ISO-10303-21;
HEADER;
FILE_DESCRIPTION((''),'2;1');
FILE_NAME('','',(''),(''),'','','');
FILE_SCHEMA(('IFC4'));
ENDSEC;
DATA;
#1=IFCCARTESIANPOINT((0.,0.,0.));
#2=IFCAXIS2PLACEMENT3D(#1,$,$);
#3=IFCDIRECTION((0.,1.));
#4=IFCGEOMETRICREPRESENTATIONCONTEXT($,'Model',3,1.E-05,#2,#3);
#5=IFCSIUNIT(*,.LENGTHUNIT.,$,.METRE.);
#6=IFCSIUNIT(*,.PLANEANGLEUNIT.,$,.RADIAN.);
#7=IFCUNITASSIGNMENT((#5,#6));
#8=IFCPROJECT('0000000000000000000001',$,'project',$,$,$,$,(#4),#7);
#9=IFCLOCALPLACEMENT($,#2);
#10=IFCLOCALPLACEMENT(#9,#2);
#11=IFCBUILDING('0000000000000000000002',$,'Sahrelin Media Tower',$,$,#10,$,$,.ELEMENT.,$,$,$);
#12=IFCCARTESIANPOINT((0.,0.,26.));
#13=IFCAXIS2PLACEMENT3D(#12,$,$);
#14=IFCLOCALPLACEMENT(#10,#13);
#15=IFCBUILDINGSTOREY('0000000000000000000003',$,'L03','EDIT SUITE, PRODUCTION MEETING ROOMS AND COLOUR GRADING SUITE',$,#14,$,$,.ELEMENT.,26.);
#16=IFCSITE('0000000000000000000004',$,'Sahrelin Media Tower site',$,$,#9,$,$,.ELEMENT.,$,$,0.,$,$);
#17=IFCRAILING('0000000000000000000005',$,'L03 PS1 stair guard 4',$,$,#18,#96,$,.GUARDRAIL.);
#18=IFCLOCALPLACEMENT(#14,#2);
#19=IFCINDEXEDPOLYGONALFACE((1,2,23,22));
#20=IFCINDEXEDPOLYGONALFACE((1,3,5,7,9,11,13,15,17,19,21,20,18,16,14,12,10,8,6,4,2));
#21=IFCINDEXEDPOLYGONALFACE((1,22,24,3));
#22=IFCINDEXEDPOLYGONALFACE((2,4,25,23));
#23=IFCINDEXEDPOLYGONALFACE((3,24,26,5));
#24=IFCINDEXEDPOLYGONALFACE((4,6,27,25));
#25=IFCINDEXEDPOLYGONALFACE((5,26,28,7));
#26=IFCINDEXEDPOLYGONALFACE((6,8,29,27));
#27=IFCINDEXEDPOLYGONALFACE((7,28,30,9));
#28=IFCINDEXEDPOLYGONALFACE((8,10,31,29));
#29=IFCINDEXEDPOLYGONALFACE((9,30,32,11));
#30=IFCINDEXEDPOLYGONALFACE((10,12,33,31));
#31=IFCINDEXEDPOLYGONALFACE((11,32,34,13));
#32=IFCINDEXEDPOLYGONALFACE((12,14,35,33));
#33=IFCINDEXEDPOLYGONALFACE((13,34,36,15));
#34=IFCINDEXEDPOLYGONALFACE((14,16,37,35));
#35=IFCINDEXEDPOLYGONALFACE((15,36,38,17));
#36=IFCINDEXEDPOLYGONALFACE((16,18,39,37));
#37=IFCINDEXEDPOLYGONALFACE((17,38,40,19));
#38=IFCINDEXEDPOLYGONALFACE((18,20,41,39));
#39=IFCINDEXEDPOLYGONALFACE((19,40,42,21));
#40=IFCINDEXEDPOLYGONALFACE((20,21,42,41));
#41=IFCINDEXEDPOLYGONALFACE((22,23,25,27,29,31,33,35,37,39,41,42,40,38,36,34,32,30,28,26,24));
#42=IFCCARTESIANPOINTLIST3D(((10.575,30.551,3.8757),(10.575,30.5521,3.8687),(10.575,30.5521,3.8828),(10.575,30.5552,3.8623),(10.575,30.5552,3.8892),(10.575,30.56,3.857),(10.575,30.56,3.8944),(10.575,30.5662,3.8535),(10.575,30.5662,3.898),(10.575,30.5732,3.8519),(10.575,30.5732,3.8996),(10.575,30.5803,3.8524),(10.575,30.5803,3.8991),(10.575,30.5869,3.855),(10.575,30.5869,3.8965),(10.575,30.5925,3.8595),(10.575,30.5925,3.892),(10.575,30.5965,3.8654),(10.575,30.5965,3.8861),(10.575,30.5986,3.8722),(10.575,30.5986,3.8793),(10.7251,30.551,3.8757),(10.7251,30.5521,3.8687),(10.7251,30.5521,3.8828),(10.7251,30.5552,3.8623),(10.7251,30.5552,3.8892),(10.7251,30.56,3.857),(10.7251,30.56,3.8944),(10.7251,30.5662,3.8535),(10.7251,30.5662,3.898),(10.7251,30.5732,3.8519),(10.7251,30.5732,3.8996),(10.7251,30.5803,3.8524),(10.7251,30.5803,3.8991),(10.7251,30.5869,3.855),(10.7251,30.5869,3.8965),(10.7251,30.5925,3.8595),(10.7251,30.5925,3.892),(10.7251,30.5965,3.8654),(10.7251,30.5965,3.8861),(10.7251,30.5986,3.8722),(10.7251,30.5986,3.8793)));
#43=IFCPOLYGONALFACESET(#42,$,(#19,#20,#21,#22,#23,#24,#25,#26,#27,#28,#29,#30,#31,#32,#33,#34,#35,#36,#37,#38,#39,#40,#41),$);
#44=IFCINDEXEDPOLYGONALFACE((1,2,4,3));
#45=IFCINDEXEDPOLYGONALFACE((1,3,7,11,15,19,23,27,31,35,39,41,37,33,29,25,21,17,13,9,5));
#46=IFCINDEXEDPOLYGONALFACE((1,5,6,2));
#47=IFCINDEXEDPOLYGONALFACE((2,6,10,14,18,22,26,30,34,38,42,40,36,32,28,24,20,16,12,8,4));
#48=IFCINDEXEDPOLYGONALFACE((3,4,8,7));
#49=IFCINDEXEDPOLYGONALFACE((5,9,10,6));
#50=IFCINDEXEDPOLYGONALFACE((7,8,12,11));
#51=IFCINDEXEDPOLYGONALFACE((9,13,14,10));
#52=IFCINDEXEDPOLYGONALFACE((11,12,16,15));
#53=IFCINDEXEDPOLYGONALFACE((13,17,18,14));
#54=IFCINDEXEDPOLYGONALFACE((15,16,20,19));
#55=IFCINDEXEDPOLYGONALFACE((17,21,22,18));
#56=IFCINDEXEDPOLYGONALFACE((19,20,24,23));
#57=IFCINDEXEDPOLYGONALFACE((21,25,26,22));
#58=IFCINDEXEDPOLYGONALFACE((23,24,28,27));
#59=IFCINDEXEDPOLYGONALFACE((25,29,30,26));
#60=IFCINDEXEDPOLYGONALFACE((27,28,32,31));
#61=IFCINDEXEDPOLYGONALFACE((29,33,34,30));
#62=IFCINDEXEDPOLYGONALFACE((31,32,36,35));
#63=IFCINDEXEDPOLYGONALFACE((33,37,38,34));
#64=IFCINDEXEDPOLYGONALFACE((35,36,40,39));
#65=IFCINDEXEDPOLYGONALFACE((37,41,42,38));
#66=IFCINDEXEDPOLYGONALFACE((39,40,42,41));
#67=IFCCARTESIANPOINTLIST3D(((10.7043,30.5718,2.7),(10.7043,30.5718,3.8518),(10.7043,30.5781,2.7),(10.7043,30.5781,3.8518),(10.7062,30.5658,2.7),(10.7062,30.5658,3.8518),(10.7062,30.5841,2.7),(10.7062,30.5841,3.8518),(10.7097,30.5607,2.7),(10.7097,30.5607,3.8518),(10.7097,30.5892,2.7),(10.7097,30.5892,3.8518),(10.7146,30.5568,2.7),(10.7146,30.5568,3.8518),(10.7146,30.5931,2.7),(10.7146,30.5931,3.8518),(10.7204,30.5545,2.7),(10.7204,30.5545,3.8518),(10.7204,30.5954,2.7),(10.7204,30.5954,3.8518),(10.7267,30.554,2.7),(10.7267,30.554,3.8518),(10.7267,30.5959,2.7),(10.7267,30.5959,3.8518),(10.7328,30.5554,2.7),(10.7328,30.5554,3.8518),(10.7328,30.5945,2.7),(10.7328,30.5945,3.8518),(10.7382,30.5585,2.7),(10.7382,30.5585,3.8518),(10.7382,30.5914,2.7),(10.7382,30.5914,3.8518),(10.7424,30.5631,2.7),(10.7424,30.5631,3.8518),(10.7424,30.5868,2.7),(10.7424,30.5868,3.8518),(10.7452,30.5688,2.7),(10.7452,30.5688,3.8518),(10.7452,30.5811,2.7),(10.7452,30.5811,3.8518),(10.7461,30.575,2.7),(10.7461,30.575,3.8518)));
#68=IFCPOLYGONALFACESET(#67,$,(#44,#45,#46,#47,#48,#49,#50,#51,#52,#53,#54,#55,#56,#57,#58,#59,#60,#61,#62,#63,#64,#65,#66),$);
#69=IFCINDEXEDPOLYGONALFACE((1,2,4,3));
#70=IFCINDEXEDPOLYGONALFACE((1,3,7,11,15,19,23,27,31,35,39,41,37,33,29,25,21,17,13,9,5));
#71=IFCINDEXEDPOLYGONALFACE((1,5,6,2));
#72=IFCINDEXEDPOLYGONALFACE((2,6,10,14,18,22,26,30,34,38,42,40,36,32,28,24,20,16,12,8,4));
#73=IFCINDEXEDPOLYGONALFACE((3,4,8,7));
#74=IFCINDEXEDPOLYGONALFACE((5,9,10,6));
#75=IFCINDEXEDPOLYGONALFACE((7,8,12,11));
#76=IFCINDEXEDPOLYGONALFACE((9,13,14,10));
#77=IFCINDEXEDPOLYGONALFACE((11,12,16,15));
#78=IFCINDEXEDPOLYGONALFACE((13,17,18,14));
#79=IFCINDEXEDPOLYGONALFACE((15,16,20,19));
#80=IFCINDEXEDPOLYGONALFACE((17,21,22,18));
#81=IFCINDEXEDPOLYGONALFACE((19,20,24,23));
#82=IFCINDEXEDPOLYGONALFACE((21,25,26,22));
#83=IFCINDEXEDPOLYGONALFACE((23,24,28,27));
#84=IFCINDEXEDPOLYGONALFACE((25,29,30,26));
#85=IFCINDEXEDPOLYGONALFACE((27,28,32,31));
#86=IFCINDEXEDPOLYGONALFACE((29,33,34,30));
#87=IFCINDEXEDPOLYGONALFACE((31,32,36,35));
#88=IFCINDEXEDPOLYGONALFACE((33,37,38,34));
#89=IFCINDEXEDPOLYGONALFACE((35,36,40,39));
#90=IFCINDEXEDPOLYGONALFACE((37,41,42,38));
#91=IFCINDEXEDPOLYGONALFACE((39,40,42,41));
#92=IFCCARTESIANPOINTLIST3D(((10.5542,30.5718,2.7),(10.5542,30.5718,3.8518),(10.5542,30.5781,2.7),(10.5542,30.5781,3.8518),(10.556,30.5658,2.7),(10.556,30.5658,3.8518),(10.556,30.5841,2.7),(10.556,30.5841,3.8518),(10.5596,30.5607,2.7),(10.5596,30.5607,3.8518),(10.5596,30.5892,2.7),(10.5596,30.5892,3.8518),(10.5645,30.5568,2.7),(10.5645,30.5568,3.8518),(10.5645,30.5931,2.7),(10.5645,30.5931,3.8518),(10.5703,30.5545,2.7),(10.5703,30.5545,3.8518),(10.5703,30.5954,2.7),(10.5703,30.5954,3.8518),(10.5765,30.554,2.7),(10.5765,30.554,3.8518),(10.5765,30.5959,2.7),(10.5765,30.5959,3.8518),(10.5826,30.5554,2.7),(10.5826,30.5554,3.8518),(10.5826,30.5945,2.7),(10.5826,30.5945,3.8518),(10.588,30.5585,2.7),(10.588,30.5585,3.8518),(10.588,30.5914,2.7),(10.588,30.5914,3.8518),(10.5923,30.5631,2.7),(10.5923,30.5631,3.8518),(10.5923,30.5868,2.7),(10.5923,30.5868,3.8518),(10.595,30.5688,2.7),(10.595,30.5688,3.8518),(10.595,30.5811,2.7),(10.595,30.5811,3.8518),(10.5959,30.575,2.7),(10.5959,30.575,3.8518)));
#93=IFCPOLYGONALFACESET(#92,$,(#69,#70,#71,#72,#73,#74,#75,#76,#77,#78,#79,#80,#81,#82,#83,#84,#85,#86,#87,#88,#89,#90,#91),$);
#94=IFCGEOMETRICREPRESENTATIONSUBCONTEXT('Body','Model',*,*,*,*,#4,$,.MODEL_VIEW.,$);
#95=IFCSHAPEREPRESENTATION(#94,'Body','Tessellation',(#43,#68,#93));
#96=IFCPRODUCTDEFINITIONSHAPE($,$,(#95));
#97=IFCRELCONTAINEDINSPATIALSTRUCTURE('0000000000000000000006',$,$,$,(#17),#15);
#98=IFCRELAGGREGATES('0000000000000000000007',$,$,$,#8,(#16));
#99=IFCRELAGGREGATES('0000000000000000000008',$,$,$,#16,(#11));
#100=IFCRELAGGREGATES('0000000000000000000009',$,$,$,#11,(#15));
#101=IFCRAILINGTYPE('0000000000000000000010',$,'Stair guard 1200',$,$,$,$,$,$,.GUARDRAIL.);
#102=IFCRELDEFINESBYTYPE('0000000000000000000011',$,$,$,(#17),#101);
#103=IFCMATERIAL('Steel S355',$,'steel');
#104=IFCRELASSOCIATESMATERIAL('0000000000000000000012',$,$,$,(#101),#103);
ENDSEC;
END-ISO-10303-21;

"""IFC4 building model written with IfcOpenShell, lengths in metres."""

from ifc_helpers import new_model, si_unit, direction, frame, origin, origin_2d, place, context, subcontext, project, spatial, circle, extrude, material, type_object, element, save


model = new_model("IFC4")

# Units and contexts
model_context = context("Model", 3, precision=1e-05, world=origin(), true_north=direction((0.0, 1.0)))
body_context = subcontext(model_context, "Body", "Model", "MODEL_VIEW")
ifc_project = project(units=[si_unit("LENGTHUNIT", "METRE"), si_unit("PLANEANGLEUNIT", "RADIAN")], contexts=[model_context])

# Site, building, storey
site_placement = place(None, origin())
site = spatial("IfcSite", under=ifc_project, at=site_placement, Name="Sahrelin Media Tower site", CompositionType="ELEMENT", RefElevation=0.0)
building_placement = place(site_placement, origin())
building = spatial("IfcBuilding", under=site, at=building_placement, Name="Sahrelin Media Tower", CompositionType="ELEMENT")
storey_placement = place(building_placement, frame((0.0, 0.0, 26.0)))
storey = spatial("IfcBuildingStorey", under=building, at=storey_placement, Name="L03", Description="EDIT SUITE, PRODUCTION MEETING ROOMS AND COLOUR GRADING SUITE", CompositionType="ELEMENT", Elevation=26.0)

# Shared definitions
ifc_material_1 = material(Name="Steel S355", Category="steel")

# Railing
railing_type_1 = type_object("IfcRailingType", Name="Stair guard 1200", PredefinedType="GUARDRAIL", material=ifc_material_1)
railing_1_placement = place(storey_placement, frame((10.7251, 30.575, 2.7)))
element("IfcRailing", 1, at=railing_1_placement, inside=storey, type_object=railing_type_1, Name="L03 PS1 stair guard 4", PredefinedType="GUARDRAIL", context=body_context, shape_type="SweptSolid", body=[
    extrude(circle(Radius=0.0239, at=origin_2d()), frame((0.0, 0.0, 1.1758), z_axis=(-1.0, 0.0, 0.0), x_axis=(0.0, -1.0, 0.0)), (0.0, 0.0, 1.0), 0.1501),
    extrude(circle(Radius=0.021, at=origin_2d()), origin(), (0.0, 0.0, 1.0), 1.1519),
    extrude(circle(Radius=0.021, at=origin_2d()), frame((-0.1501, 0.0, 0.0)), (0.0, 0.0, 1.0), 1.1519),
])

save(model, "model.ifc")
